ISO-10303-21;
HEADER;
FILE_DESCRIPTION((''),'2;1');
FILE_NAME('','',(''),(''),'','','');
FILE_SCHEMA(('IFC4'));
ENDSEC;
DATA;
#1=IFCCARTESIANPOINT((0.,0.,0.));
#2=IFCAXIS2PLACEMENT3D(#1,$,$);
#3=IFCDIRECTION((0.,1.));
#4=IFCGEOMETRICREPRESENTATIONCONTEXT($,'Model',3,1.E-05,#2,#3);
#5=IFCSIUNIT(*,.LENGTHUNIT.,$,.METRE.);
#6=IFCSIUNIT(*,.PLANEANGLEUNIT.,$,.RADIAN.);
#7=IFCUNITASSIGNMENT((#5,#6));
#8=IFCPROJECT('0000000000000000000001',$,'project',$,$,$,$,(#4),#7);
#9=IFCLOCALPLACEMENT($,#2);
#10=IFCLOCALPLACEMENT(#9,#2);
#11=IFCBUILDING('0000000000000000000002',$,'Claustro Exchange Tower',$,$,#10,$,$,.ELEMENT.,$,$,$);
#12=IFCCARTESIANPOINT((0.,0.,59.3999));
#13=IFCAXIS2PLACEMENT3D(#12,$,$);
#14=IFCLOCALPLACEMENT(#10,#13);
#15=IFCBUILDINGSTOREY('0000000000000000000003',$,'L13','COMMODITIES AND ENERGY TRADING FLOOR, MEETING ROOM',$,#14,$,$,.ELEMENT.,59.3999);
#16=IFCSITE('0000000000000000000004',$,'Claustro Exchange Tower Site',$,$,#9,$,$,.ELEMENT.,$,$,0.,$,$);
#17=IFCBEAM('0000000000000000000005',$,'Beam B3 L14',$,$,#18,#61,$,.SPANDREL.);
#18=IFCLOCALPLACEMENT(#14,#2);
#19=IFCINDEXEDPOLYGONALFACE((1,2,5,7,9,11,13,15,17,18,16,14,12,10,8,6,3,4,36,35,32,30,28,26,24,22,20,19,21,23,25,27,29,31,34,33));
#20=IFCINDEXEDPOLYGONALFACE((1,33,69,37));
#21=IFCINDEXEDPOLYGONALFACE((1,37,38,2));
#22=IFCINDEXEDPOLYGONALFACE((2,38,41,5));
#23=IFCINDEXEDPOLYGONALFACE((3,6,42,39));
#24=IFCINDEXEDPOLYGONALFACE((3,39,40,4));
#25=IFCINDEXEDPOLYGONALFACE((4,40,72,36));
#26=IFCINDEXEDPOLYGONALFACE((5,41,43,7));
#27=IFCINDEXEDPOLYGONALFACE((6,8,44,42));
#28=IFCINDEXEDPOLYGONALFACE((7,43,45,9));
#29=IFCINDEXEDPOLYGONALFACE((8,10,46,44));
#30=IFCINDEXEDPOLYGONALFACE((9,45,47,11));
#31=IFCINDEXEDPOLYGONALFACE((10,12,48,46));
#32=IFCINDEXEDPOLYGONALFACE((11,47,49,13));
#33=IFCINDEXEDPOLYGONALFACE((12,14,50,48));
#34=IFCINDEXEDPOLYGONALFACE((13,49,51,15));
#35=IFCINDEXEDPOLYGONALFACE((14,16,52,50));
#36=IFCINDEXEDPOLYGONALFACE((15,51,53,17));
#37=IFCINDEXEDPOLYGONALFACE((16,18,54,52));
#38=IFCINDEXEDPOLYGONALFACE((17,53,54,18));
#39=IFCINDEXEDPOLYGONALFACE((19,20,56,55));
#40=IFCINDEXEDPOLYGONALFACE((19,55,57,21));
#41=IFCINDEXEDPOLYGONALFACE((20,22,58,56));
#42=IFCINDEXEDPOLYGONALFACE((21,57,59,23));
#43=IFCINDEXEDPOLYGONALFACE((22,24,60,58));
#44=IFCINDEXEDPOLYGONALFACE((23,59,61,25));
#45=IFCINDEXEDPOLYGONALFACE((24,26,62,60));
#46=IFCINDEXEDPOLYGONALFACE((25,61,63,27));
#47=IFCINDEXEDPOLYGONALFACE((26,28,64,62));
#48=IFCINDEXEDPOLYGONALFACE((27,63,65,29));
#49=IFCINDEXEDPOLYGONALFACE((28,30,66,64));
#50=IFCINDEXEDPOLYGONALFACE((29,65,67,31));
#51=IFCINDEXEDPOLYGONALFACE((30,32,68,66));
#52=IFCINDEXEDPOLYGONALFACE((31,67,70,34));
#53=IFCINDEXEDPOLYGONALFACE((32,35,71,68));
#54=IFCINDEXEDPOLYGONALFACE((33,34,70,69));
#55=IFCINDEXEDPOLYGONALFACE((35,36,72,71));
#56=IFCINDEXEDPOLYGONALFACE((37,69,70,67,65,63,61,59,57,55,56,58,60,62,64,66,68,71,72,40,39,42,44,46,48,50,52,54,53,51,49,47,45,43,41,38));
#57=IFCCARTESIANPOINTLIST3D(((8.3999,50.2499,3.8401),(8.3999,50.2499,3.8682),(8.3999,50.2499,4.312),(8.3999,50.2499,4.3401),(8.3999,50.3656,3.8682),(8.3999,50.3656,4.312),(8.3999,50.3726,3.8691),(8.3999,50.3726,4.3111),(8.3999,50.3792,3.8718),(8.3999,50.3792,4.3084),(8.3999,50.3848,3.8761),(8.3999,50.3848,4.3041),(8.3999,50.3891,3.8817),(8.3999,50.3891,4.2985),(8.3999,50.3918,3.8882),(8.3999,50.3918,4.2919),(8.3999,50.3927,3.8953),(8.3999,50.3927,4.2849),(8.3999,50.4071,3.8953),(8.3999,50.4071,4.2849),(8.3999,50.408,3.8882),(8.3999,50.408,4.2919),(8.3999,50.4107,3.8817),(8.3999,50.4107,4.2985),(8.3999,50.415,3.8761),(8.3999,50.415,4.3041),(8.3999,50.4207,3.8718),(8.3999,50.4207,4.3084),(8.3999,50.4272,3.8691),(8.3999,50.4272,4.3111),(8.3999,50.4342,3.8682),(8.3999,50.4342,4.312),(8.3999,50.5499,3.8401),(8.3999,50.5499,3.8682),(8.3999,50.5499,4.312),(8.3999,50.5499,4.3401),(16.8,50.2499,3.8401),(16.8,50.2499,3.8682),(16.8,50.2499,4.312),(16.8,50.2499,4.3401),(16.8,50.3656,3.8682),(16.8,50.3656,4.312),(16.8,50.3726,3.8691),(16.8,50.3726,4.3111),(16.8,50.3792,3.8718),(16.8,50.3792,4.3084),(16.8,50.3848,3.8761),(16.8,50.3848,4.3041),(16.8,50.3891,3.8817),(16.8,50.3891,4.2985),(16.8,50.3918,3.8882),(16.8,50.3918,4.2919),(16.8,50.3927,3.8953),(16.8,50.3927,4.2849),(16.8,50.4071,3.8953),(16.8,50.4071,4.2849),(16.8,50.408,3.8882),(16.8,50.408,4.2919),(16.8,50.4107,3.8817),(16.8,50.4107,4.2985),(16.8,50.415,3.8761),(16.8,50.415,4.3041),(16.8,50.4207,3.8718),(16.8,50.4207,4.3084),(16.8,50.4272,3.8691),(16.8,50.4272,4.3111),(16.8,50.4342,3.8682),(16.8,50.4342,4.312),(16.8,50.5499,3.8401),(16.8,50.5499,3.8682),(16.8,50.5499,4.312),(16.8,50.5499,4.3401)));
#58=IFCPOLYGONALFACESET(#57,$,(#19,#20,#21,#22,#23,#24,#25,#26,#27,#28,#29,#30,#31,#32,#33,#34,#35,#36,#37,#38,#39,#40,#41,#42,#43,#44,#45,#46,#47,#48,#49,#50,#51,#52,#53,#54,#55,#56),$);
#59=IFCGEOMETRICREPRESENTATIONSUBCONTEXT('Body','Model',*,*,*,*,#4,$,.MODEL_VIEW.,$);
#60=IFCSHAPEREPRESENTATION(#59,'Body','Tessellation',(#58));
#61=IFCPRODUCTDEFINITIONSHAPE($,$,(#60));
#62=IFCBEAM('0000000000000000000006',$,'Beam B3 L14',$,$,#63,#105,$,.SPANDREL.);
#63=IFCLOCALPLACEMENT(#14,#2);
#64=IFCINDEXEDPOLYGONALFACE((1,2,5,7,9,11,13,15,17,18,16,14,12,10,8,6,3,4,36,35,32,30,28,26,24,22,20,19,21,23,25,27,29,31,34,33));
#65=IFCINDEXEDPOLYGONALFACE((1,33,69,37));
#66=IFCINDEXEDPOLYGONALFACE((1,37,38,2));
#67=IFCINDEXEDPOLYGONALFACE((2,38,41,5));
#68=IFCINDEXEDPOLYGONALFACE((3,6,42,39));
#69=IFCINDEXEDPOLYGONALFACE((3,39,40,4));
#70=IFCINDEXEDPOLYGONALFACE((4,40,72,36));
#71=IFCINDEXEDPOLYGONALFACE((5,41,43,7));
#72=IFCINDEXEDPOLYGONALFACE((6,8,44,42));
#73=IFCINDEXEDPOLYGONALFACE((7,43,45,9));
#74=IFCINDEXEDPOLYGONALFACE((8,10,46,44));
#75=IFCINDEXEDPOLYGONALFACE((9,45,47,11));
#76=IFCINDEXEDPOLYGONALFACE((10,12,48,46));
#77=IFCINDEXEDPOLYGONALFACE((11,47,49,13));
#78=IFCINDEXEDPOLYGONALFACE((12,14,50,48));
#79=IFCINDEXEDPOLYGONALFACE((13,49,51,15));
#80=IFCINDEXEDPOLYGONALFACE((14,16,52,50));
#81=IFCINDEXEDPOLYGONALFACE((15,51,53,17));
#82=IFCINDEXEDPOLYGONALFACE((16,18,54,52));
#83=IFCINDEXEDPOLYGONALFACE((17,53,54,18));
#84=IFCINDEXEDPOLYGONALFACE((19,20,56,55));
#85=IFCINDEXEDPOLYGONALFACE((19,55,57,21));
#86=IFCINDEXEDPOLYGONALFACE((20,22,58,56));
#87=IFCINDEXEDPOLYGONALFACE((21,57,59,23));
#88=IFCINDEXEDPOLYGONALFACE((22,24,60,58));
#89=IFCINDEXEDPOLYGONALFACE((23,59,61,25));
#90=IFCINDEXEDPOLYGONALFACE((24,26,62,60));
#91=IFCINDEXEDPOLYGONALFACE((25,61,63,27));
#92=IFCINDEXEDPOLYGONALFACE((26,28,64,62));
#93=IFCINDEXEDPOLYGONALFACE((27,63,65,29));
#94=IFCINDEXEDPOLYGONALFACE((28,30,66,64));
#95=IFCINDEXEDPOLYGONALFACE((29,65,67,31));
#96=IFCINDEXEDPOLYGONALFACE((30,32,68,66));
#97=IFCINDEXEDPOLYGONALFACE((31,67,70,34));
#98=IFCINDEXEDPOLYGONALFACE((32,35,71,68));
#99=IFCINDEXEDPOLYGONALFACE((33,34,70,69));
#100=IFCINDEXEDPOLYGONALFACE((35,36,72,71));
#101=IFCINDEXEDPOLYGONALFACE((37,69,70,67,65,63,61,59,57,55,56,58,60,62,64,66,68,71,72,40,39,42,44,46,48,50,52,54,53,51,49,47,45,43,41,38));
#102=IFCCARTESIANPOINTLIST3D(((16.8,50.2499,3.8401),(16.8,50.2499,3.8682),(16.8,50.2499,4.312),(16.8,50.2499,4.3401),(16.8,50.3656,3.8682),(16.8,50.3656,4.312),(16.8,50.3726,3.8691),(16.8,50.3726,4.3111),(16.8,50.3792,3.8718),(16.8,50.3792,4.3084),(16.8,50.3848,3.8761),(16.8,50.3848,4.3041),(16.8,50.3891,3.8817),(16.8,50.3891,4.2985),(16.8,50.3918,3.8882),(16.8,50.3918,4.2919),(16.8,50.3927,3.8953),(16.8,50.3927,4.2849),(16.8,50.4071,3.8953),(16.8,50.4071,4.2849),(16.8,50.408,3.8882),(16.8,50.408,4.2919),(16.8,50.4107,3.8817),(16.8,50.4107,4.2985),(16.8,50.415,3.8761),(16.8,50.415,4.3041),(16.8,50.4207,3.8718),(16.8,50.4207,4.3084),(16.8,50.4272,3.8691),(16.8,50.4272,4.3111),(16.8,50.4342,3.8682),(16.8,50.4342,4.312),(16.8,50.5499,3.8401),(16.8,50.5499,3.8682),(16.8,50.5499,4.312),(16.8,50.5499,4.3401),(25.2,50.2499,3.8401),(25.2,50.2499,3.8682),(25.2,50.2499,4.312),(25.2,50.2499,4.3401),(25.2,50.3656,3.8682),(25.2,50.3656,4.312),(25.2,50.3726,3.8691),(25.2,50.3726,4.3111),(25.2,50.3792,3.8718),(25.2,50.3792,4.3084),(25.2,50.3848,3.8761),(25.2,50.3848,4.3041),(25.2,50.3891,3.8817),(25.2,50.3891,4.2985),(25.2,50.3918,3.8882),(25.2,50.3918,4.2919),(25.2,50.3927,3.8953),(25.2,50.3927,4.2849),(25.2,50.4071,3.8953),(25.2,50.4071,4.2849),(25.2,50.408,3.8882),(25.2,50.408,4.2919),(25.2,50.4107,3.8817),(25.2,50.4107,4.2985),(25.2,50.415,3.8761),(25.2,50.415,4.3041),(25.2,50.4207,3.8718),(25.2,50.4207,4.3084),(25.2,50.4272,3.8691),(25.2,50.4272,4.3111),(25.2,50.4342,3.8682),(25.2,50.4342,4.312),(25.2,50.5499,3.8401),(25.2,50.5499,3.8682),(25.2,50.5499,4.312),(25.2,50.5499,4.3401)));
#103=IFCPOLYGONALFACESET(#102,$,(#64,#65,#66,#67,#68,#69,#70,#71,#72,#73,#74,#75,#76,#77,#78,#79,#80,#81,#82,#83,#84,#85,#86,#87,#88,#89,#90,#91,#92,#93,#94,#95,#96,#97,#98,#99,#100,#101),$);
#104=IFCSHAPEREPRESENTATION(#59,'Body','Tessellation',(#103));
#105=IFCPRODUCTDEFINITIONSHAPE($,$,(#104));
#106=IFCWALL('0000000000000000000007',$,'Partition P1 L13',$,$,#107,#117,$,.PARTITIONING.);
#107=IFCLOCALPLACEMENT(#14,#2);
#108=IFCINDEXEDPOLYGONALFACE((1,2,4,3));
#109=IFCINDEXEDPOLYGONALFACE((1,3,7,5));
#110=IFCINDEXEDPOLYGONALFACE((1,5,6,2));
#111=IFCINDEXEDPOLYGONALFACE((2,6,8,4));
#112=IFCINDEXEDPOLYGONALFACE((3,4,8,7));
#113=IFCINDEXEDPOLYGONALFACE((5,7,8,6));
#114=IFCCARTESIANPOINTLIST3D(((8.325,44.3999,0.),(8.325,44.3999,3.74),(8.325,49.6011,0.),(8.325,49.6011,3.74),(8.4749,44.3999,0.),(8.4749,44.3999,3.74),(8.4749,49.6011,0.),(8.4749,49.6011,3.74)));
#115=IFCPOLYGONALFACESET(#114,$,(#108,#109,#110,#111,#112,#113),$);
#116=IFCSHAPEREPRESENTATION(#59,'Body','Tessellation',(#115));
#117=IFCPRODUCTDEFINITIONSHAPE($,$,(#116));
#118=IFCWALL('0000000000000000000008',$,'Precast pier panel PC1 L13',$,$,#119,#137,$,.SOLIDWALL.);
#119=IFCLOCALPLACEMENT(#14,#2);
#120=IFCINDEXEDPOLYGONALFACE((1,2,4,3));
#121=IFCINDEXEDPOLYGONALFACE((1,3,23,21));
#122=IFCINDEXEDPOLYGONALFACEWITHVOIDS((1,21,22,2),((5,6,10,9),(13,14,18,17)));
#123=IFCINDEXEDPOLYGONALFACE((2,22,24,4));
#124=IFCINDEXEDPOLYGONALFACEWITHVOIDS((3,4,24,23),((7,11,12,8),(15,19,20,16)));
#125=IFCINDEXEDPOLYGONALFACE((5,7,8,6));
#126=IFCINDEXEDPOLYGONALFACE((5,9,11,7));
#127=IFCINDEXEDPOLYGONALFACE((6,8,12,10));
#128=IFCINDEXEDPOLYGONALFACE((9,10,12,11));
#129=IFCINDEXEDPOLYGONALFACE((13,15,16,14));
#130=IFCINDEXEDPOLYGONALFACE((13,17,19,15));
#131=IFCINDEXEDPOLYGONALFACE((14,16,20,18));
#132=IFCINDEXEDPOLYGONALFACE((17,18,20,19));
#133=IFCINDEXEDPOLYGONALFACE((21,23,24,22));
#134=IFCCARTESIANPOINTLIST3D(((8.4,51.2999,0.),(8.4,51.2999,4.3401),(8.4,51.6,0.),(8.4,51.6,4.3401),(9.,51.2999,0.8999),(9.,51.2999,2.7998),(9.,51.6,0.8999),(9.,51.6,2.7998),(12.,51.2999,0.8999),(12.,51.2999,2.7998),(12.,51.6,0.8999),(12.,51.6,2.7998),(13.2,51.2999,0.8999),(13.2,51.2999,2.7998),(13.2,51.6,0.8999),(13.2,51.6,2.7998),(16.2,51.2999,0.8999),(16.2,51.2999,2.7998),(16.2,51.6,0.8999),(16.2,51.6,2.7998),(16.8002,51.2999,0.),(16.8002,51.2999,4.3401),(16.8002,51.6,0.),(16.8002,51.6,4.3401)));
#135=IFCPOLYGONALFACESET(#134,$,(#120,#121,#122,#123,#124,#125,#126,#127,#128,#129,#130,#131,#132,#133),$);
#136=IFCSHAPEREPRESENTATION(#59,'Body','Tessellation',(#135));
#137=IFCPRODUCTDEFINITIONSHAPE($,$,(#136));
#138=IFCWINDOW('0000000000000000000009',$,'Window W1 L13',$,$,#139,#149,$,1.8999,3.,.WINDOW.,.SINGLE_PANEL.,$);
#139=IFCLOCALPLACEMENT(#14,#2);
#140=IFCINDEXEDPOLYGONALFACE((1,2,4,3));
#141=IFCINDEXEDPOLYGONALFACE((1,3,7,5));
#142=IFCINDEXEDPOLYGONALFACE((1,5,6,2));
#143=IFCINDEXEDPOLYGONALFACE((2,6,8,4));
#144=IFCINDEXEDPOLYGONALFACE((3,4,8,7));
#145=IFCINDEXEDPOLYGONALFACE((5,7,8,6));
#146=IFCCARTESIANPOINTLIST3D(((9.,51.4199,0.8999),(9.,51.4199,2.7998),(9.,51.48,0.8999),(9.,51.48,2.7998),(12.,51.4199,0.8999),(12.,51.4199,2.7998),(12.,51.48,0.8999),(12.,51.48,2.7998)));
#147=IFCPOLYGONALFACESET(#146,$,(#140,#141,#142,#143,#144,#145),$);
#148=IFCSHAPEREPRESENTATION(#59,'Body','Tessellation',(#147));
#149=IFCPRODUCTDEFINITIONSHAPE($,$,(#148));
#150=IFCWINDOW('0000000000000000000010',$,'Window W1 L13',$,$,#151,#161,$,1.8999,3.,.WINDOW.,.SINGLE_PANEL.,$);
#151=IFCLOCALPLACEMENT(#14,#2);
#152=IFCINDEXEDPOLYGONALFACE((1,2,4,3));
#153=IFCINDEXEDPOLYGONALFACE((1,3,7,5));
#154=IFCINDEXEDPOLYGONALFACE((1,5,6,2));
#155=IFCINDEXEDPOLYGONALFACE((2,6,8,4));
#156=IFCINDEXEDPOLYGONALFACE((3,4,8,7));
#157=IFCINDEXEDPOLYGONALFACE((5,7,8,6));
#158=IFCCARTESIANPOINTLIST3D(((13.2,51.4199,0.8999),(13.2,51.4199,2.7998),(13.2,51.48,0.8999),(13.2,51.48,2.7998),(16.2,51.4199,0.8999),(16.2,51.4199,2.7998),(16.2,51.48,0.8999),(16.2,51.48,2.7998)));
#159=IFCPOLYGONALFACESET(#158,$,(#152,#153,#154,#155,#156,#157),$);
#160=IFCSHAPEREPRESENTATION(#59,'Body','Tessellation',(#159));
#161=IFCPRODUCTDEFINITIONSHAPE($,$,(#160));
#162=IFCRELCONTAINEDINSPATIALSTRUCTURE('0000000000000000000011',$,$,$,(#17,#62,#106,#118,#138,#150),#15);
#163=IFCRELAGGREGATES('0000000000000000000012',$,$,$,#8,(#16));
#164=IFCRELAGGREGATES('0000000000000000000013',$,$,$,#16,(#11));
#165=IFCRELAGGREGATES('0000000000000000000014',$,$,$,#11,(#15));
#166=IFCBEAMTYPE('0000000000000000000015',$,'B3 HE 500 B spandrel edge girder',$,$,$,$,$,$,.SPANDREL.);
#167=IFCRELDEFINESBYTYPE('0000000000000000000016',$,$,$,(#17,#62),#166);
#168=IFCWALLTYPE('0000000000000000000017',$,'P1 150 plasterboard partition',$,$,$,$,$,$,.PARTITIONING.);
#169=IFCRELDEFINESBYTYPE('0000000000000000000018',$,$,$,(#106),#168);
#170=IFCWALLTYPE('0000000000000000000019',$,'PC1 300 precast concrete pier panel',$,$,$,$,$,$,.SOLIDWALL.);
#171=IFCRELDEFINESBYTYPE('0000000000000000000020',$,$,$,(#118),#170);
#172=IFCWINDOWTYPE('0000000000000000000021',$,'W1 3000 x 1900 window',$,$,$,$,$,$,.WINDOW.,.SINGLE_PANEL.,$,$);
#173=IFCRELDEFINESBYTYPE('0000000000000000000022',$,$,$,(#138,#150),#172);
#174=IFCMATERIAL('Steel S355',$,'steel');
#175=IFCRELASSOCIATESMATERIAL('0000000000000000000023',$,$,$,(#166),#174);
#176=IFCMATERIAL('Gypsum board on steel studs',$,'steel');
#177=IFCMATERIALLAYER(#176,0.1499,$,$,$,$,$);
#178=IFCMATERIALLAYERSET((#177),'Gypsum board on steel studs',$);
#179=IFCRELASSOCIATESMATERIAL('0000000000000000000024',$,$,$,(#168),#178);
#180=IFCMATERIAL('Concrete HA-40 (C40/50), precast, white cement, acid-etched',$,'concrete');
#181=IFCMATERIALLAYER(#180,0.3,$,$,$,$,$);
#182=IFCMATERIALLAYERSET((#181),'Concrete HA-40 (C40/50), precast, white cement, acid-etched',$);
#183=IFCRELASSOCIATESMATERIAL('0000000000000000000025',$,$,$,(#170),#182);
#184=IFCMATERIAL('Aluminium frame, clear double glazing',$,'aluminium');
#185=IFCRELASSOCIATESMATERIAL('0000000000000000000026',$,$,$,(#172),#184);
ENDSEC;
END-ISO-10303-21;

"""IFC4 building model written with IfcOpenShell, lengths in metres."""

from ifc_helpers import new_model, si_unit, direction, frame, frame_2d, origin, origin_2d, place, context, subcontext, project, spatial, rectangle, i_section, extrude, material, layer, layer_set, material_profile, profile_set, type_object, element, fill, save


model = new_model("IFC4")

# Units and contexts
model_context = context("Model", 3, precision=1e-05, world=origin(), true_north=direction((0.0, 1.0)))
body_context = subcontext(model_context, "Body", "Model", "MODEL_VIEW")
ifc_project = project(units=[si_unit("LENGTHUNIT", "METRE"), si_unit("PLANEANGLEUNIT", "RADIAN")], contexts=[model_context])

# Site, building, storey
site_placement = place(None, origin())
site = spatial("IfcSite", under=ifc_project, at=site_placement, Name="Claustro Exchange Tower Site", CompositionType="ELEMENT", RefElevation=0.0)
building_placement = place(site_placement, origin())
building = spatial("IfcBuilding", under=site, at=building_placement, Name="Claustro Exchange Tower", CompositionType="ELEMENT")
storey_placement = place(building_placement, frame((0.0, 0.0, 59.3999)))
storey = spatial("IfcBuildingStorey", under=building, at=storey_placement, Name="L13", Description="COMMODITIES AND ENERGY TRADING FLOOR, MEETING ROOM", CompositionType="ELEMENT", Elevation=59.3999)

# Beams
ifc_material_1 = material(Name="Steel S355", Category="steel")
ifc_material_profile_1 = material_profile(ifc_material_1, i_section(OverallWidth=0.3, OverallDepth=0.5, WebThickness=0.0144, FlangeThickness=0.0281, FilletRadius=0.0271, at=origin_2d()), Name="HE 500 B")
ifc_profile_set_1 = profile_set([ifc_material_profile_1], Name="Steel S355")
beam_type_1 = type_object("IfcBeamType", Name="B3 HE 500 B spandrel edge girder", PredefinedType="SPANDREL", material=ifc_profile_set_1)
beam_1_placement = place(storey_placement, frame((8.3999, 50.3999, 4.0901), z_axis=(1.0, 0.0, 0.0), x_axis=(0.0, 1.0, 0.0)))
element("IfcBeam", 1, at=beam_1_placement, inside=storey, type_object=beam_type_1, Name="Beam B3 L14", PredefinedType="SPANDREL", context=body_context, shape_type="SweptSolid", body=[
    extrude(i_section(OverallWidth=0.3, OverallDepth=0.5, WebThickness=0.0144, FlangeThickness=0.0281, FilletRadius=0.0271, at=origin_2d()), origin(), (0.0, 0.0, 1.0), 8.4001),
])
beam_2_placement = place(storey_placement, frame((16.8, 50.3999, 4.0901), z_axis=(1.0, 0.0, 0.0), x_axis=(0.0, 1.0, 0.0)))
element("IfcBeam", 2, at=beam_2_placement, inside=storey, type_object=beam_type_1, Name="Beam B3 L14", PredefinedType="SPANDREL", context=body_context, shape_type="SweptSolid", body=[
    extrude(i_section(OverallWidth=0.3, OverallDepth=0.5, WebThickness=0.0144, FlangeThickness=0.0281, FilletRadius=0.0271, at=origin_2d()), origin(), (0.0, 0.0, 1.0), 8.3999),
])

# Wall
ifc_material_2 = material(Name="Gypsum board on steel studs", Category="steel")
ifc_layer_1 = layer(ifc_material_2, 0.1499)
ifc_layer_set_1 = layer_set([ifc_layer_1], Name="Gypsum board on steel studs")
wall_type_1 = type_object("IfcWallType", Name="P1 150 plasterboard partition", PredefinedType="PARTITIONING", material=ifc_layer_set_1)
wall_1_placement = place(storey_placement, frame((8.3999, 44.3999, 0.0), z_axis=(0.0, 0.0, 1.0), x_axis=(0.0, 1.0, 0.0)))
element("IfcWall", 3, at=wall_1_placement, inside=storey, type_object=wall_type_1, Name="Partition P1 L13", PredefinedType="PARTITIONING", context=body_context, shape_type="SweptSolid", body=[
    extrude(rectangle(XDim=5.2012, YDim=0.1499, at=frame_2d((2.6006, 0.0))), origin(), (0.0, 0.0, 1.0), 3.74),
])

# Wall, openings, windows
ifc_material_3 = material(Name="Concrete HA-40 (C40/50), precast, white cement, acid-etched", Category="concrete")
ifc_layer_2 = layer(ifc_material_3, 0.3)
ifc_layer_set_2 = layer_set([ifc_layer_2], Name="Concrete HA-40 (C40/50), precast, white cement, acid-etched")
wall_type_2 = type_object("IfcWallType", Name="PC1 300 precast concrete pier panel", PredefinedType="SOLIDWALL", material=ifc_layer_set_2)
wall_2_placement = place(storey_placement, frame((8.3999, 51.45, 0.0), z_axis=(0.0, 0.0, 1.0), x_axis=(1.0, 0.0, 0.0)))
wall_2 = element("IfcWall", 4, at=wall_2_placement, inside=storey, type_object=wall_type_2, Name="Precast pier panel PC1 L13", PredefinedType="SOLIDWALL", context=body_context, shape_type="SweptSolid", body=[
    extrude(rectangle(XDim=8.4001, YDim=0.3, at=frame_2d((4.2002, 0.0))), origin(), (0.0, 0.0, 1.0), 4.3401),
])
opening_1_placement = place(wall_2_placement, frame((0.6001, 0.0, 0.8999)))
opening_1 = element("IfcOpeningElement", 5, at=opening_1_placement, cuts=wall_2, PredefinedType="OPENING", context=body_context, shape_type="SweptSolid", body=[
    extrude(rectangle(XDim=3.0, YDim=1.8999, at=frame_2d((1.5, 0.95))), frame((0.0, 0.1599, 0.0), z_axis=(0.0, -1.0, 0.0), x_axis=(1.0, 0.0, 0.0)), (0.0, 0.0, 1.0), 0.3201),
])
opening_2_placement = place(wall_2_placement, frame((4.8, 0.0, 0.8999)))
opening_2 = element("IfcOpeningElement", 6, at=opening_2_placement, cuts=wall_2, PredefinedType="OPENING", context=body_context, shape_type="SweptSolid", body=[
    extrude(rectangle(XDim=3.0, YDim=1.8999, at=frame_2d((1.5, 0.95))), frame((0.0, 0.1599, 0.0), z_axis=(0.0, -1.0, 0.0), x_axis=(1.0, 0.0, 0.0)), (0.0, 0.0, 1.0), 0.3201),
])
ifc_material_4 = material(Name="Aluminium frame, clear double glazing", Category="aluminium")
window_type = type_object("IfcWindowType", Name="W1 3000 x 1900 window", PartitioningType="SINGLE_PANEL", PredefinedType="WINDOW", material=ifc_material_4)
window_1_placement = place(opening_1_placement, origin())
window_1 = element("IfcWindow", 7, at=window_1_placement, inside=storey, type_object=window_type, Name="Window W1 L13", OverallHeight=1.8999, OverallWidth=3.0, PartitioningType="SINGLE_PANEL", PredefinedType="WINDOW", context=body_context, shape_type="SweptSolid", body=[
    extrude(rectangle(XDim=3.0, YDim=1.8999, at=frame_2d((1.5, 0.95))), frame((0.0, 0.03, 0.0), z_axis=(0.0, -1.0, 0.0), x_axis=(1.0, 0.0, 0.0)), (0.0, 0.0, 1.0), 0.0601),
])
fill(opening_1, window_1)
window_2_placement = place(opening_2_placement, origin())
window_2 = element("IfcWindow", 8, at=window_2_placement, inside=storey, type_object=window_type, Name="Window W1 L13", OverallHeight=1.8999, OverallWidth=3.0, PartitioningType="SINGLE_PANEL", PredefinedType="WINDOW", context=body_context, shape_type="SweptSolid", body=[
    extrude(rectangle(XDim=3.0, YDim=1.8999, at=frame_2d((1.5, 0.95))), frame((0.0, 0.03, 0.0), z_axis=(0.0, -1.0, 0.0), x_axis=(1.0, 0.0, 0.0)), (0.0, 0.0, 1.0), 0.0601),
])
fill(opening_2, window_2)

save(model, "model.ifc")
